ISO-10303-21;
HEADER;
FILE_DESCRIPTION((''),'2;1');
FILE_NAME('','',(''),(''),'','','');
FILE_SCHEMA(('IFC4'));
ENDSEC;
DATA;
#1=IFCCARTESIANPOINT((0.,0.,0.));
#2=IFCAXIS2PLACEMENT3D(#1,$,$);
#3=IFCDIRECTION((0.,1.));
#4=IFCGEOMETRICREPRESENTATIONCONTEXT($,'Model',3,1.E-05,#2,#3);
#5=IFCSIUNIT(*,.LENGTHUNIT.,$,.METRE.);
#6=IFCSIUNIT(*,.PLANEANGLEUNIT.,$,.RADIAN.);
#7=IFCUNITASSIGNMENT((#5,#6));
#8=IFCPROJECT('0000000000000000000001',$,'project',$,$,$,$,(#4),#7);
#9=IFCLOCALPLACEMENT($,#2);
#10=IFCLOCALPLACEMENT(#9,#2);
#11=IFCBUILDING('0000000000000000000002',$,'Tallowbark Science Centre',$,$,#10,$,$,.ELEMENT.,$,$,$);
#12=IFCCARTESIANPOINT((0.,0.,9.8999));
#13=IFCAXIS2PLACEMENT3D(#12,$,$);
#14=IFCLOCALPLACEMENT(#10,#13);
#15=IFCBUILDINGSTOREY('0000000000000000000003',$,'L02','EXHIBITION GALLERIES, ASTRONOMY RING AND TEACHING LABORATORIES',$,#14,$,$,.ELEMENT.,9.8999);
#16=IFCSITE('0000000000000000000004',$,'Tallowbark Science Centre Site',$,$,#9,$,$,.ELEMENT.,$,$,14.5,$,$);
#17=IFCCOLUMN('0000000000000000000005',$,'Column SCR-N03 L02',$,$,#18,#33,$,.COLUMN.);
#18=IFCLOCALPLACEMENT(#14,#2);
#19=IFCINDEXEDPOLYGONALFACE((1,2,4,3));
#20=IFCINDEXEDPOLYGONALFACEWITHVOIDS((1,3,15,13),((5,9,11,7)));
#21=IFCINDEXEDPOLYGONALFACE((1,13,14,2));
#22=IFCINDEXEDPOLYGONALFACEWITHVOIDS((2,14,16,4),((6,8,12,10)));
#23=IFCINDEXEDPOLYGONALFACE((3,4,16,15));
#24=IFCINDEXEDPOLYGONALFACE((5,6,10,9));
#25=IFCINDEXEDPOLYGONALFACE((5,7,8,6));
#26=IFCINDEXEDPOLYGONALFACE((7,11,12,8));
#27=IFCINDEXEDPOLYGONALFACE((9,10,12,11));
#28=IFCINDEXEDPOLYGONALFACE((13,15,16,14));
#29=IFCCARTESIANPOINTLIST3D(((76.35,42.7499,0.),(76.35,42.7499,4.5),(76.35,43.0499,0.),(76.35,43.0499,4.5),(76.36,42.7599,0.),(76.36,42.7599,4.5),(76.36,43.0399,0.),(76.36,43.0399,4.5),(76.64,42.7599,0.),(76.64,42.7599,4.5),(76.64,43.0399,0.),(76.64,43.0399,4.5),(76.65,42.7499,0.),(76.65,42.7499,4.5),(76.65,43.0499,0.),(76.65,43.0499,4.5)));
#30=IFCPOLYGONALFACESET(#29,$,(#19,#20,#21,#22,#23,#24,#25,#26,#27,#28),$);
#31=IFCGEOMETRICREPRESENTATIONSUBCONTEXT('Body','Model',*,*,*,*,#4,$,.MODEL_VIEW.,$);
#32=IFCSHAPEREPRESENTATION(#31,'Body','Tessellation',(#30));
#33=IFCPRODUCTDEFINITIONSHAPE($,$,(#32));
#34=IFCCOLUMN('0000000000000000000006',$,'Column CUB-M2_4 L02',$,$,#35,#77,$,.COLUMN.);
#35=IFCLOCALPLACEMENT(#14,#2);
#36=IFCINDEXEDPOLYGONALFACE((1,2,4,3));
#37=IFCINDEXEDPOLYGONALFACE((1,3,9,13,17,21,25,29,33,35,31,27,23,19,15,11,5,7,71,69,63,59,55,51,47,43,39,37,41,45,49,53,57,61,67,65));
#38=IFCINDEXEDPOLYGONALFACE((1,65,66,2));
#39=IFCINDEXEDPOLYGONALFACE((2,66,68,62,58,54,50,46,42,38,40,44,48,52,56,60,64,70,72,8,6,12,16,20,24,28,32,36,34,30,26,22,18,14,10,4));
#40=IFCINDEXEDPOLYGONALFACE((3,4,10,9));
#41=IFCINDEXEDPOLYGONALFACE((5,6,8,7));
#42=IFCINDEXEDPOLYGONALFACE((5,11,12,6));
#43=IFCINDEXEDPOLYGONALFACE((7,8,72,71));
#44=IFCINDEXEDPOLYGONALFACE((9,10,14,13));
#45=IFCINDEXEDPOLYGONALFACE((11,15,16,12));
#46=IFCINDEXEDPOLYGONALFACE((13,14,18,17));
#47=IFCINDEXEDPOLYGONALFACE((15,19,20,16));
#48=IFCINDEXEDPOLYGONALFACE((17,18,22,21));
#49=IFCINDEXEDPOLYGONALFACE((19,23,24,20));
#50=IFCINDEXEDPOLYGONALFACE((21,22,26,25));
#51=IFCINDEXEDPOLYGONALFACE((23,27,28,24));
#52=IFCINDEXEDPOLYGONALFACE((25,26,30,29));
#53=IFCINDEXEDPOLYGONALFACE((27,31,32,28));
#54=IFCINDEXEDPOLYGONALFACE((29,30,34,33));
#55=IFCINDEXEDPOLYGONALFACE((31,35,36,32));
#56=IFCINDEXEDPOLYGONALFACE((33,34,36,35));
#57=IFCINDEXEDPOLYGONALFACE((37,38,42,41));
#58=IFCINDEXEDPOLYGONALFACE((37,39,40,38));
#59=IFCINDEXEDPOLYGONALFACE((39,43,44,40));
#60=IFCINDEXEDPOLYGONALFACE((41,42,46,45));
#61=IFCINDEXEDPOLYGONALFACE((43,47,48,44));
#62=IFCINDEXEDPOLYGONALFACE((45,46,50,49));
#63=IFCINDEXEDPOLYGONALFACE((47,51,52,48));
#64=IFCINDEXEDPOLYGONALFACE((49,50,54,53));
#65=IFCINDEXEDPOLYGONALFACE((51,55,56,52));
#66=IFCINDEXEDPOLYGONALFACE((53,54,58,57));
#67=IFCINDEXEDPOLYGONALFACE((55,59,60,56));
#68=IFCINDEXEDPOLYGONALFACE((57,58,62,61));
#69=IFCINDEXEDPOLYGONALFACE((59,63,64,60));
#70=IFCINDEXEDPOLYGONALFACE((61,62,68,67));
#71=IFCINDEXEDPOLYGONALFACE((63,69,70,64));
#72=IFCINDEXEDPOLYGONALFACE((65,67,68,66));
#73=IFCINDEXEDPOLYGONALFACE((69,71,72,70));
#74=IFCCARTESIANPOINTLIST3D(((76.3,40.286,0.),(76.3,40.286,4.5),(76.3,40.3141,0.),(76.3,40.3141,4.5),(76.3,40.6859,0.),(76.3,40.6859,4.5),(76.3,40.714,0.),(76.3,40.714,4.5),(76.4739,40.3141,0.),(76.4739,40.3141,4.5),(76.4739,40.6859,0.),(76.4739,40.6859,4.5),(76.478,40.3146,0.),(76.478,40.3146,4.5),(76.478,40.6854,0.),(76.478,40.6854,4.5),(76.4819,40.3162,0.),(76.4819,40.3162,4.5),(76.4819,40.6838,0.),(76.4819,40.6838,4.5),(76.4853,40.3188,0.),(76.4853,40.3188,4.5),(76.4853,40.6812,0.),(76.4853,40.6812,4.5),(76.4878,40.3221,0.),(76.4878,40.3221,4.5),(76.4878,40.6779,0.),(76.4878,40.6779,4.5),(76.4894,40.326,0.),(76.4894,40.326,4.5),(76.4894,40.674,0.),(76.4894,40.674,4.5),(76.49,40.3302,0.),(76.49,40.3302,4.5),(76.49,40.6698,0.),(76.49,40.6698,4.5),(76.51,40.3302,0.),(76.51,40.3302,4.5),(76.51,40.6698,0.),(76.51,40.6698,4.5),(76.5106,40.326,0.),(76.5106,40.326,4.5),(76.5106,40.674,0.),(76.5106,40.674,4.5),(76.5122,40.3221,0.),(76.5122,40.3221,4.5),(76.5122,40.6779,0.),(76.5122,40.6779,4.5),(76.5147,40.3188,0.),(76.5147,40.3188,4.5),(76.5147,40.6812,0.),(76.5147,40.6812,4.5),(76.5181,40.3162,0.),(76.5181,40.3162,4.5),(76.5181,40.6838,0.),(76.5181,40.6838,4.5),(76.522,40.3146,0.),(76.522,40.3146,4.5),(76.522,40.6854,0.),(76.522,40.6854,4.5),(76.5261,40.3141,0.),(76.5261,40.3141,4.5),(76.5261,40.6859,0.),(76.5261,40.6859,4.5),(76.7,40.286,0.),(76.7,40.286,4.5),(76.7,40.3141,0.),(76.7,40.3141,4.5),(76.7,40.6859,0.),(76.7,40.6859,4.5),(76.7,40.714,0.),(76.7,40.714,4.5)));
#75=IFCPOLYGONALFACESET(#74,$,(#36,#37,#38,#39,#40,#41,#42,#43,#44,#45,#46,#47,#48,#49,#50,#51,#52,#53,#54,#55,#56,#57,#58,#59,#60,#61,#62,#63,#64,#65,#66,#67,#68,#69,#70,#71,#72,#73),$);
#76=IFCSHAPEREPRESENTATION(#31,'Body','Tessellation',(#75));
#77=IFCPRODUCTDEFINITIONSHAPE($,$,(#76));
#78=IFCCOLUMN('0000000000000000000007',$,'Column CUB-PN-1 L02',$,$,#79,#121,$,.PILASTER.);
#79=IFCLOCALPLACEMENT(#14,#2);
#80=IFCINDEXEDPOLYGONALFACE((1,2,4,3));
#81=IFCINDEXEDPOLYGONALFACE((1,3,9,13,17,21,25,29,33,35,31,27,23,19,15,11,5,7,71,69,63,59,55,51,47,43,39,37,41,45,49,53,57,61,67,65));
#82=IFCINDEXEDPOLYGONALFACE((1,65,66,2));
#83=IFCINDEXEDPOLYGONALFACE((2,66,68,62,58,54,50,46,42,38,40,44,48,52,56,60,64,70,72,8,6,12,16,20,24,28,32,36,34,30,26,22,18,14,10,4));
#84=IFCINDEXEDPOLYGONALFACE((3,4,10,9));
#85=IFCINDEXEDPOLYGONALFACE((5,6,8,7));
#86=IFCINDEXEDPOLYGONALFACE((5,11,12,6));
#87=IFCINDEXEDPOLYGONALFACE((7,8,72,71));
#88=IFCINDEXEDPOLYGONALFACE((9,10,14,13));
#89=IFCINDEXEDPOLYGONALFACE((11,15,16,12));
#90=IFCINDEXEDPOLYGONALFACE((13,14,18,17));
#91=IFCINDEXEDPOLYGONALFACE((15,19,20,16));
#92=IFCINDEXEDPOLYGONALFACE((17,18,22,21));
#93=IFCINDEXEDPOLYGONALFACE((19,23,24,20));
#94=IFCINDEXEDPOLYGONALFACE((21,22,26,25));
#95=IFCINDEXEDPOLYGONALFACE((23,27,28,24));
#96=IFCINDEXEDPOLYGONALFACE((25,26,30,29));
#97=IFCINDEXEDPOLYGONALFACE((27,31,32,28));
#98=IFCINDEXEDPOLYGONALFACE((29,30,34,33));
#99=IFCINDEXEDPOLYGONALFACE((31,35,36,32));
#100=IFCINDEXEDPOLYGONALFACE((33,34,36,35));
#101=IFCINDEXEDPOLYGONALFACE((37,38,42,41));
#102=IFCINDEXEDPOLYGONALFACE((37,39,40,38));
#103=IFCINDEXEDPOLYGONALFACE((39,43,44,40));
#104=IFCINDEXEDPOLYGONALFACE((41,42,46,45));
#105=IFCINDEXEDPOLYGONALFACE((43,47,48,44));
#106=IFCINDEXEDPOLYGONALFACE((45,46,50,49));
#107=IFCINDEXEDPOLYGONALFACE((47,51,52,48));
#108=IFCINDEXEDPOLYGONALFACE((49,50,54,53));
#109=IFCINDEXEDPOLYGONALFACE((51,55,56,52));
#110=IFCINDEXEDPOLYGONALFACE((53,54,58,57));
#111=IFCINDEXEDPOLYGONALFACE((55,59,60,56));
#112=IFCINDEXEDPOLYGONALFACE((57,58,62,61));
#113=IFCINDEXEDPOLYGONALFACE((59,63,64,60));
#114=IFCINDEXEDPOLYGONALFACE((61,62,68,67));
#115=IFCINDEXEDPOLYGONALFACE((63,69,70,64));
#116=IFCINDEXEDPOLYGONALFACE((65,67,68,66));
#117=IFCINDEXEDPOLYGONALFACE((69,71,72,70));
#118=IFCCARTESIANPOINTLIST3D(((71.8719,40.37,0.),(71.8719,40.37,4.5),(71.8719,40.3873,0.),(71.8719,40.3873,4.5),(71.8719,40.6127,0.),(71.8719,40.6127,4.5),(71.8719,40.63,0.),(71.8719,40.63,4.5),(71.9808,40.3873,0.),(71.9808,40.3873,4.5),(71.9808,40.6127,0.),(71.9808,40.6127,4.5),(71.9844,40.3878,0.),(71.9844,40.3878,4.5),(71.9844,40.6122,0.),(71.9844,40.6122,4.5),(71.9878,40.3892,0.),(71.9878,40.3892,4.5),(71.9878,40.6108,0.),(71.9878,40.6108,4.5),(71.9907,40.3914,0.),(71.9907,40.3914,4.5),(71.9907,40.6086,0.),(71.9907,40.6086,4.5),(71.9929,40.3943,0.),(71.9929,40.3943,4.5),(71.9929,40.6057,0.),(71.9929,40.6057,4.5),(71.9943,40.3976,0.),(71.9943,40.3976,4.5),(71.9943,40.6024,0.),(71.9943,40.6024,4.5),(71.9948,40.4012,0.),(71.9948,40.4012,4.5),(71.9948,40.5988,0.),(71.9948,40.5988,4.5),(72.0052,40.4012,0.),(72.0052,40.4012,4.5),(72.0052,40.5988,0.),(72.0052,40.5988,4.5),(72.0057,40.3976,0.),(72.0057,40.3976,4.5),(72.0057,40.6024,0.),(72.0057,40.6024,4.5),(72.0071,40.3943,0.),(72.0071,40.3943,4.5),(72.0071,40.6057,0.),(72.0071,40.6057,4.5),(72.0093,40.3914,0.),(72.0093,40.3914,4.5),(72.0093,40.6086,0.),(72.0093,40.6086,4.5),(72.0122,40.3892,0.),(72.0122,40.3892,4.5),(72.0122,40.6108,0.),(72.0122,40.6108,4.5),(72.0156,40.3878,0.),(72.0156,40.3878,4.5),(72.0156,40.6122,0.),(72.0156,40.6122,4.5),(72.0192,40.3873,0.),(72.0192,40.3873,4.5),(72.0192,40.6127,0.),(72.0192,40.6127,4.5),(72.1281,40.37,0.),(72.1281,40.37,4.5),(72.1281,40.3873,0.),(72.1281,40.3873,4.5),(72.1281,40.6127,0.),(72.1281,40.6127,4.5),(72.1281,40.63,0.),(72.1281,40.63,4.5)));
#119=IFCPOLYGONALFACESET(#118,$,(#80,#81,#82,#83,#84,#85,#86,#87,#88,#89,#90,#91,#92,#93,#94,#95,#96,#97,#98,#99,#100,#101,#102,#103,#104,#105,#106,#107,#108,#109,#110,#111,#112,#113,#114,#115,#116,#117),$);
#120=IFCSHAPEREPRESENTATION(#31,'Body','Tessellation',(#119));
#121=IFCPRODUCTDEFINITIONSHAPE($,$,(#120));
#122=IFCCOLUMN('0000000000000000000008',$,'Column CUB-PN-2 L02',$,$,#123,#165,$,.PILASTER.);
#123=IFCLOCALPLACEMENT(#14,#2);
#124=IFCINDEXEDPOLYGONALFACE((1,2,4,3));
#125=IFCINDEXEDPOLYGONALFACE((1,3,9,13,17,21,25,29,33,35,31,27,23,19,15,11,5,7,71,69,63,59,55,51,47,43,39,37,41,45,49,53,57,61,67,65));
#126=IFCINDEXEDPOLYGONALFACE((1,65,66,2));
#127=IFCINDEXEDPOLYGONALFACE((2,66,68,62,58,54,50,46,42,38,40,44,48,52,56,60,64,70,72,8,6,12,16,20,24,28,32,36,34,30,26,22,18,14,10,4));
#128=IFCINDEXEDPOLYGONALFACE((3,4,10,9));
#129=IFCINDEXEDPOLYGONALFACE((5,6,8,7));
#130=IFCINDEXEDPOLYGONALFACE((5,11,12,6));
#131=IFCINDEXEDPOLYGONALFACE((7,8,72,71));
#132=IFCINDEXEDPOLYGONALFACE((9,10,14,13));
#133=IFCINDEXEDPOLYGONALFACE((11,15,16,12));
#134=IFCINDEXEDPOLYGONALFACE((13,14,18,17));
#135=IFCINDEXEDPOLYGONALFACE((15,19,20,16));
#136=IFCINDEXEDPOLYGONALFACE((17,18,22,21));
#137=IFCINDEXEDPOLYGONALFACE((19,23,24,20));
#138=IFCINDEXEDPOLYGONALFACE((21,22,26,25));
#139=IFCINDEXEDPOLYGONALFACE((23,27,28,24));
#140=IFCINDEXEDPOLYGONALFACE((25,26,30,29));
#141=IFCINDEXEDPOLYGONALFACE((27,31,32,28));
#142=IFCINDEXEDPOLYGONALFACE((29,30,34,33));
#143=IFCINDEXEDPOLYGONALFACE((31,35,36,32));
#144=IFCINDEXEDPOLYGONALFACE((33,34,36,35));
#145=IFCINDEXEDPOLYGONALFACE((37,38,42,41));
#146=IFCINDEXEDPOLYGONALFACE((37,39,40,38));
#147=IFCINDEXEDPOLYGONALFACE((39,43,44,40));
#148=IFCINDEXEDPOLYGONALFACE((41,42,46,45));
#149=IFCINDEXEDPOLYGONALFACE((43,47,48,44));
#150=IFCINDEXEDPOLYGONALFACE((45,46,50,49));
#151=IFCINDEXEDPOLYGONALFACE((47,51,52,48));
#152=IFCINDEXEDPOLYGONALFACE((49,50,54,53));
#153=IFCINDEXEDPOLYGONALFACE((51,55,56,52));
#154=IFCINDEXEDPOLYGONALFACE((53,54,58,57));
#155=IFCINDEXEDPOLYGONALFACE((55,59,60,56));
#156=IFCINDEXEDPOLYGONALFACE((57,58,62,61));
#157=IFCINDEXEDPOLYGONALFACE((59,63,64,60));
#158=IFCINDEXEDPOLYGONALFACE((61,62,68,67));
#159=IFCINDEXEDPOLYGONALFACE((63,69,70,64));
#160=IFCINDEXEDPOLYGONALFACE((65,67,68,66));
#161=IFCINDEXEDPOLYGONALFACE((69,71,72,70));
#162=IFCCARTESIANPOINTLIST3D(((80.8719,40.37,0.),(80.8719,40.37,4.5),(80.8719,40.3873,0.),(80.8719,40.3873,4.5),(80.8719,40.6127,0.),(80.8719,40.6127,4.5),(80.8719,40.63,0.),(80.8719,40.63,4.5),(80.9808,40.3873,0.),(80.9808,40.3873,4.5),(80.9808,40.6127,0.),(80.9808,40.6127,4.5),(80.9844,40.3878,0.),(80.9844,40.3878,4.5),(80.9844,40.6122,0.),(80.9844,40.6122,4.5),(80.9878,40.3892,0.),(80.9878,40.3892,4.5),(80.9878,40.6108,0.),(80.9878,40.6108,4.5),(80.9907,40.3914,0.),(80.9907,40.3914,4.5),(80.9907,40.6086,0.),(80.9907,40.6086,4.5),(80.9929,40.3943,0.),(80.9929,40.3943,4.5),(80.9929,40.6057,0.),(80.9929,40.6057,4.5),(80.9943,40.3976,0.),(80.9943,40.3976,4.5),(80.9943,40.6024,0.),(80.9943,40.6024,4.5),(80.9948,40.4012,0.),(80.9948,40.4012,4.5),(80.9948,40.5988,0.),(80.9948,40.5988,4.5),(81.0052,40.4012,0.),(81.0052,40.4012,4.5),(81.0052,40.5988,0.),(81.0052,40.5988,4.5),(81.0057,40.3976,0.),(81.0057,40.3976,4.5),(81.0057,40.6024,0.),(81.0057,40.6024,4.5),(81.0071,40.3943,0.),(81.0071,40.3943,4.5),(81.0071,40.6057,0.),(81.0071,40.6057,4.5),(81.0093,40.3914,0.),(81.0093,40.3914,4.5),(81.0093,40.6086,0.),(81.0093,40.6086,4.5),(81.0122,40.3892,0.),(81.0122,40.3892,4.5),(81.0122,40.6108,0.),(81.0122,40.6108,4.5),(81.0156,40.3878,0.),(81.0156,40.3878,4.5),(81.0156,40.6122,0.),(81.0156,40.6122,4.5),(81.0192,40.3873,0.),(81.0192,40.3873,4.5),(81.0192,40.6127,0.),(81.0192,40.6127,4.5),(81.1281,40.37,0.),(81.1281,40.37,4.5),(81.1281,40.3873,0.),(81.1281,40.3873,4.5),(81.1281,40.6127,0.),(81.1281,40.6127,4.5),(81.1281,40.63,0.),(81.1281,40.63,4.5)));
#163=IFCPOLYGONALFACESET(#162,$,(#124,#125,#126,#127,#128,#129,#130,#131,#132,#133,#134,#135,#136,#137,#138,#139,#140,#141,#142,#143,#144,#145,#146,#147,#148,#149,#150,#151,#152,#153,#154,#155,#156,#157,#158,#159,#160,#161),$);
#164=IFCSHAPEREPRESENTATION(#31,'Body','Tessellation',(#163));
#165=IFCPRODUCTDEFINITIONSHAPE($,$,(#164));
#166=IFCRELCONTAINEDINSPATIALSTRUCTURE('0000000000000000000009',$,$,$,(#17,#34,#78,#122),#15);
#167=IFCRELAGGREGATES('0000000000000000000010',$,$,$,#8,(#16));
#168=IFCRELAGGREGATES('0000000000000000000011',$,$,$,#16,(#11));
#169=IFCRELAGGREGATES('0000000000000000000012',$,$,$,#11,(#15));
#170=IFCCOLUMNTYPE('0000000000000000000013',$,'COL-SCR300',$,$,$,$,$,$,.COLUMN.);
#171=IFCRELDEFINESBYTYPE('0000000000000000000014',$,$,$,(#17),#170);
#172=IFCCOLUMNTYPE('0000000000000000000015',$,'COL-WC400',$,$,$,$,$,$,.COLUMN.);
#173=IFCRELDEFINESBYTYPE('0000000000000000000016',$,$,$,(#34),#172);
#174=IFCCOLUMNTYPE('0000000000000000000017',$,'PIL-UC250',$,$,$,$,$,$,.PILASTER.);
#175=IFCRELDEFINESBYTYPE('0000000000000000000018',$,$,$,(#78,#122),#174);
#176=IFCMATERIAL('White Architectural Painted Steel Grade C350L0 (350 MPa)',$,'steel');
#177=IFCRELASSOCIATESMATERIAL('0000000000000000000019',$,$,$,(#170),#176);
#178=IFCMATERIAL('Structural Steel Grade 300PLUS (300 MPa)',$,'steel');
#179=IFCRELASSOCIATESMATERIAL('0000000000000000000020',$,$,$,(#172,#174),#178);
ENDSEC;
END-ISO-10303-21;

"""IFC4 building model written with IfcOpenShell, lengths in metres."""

from ifc_helpers import new_model, si_unit, direction, frame, origin, origin_2d, place, context, subcontext, project, spatial, hollow_rectangle, i_section, extrude, material, material_profile, profile_set, type_object, element, save


model = new_model("IFC4")

# Units and contexts
model_context = context("Model", 3, precision=1e-05, world=origin(), true_north=direction((0.0, 1.0)))
body_context = subcontext(model_context, "Body", "Model", "MODEL_VIEW")
ifc_project = project(units=[si_unit("LENGTHUNIT", "METRE"), si_unit("PLANEANGLEUNIT", "RADIAN")], contexts=[model_context])

# Site, building, storey
site_placement = place(None, origin())
site = spatial("IfcSite", under=ifc_project, at=site_placement, Name="Tallowbark Science Centre Site", CompositionType="ELEMENT", RefElevation=14.5)
building_placement = place(site_placement, origin())
building = spatial("IfcBuilding", under=site, at=building_placement, Name="Tallowbark Science Centre", CompositionType="ELEMENT")
storey_placement = place(building_placement, frame((0.0, 0.0, 9.8999)))
storey = spatial("IfcBuildingStorey", under=building, at=storey_placement, Name="L02", Description="EXHIBITION GALLERIES, ASTRONOMY RING AND TEACHING LABORATORIES", CompositionType="ELEMENT", Elevation=9.8999)

# Columns
ifc_material_1 = material(Name="White Architectural Painted Steel Grade C350L0 (350 MPa)", Category="steel")
ifc_material_profile_1 = material_profile(ifc_material_1, hollow_rectangle(XDim=0.3, YDim=0.3, WallThickness=0.01, at=origin_2d()), Name="300x300x10.0SHS")
ifc_profile_set_1 = profile_set([ifc_material_profile_1], Name="White Architectural Painted Steel Grade C350L0 (350 MPa)")
column_type_1 = type_object("IfcColumnType", Name="COL-SCR300", PredefinedType="COLUMN", material=ifc_profile_set_1)
column_1_placement = place(storey_placement, frame((76.5, 42.8999, 0.0), z_axis=(0.0, 0.0, 1.0), x_axis=(1.0, 0.0, 0.0)))
element("IfcColumn", 1, at=column_1_placement, inside=storey, type_object=column_type_1, Name="Column SCR-N03 L02", PredefinedType="COLUMN", context=body_context, shape_type="SweptSolid", body=[
    extrude(hollow_rectangle(XDim=0.3, YDim=0.3, WallThickness=0.01, at=origin_2d()), origin(), (0.0, 0.0, 1.0), 4.5),
])
ifc_material_2 = material(Name="Structural Steel Grade 300PLUS (300 MPa)", Category="steel")
ifc_material_profile_2 = material_profile(ifc_material_2, i_section(OverallWidth=0.3999, OverallDepth=0.428, WebThickness=0.02, FlangeThickness=0.0281, FilletRadius=0.0161, at=origin_2d()), Name="400WC270")
ifc_profile_set_2 = profile_set([ifc_material_profile_2], Name="Structural Steel Grade 300PLUS (300 MPa)")
column_type_2 = type_object("IfcColumnType", Name="COL-WC400", PredefinedType="COLUMN", material=ifc_profile_set_2)
column_2_placement = place(storey_placement, frame((76.5, 40.5, 0.0), z_axis=(0.0, 0.0, 1.0), x_axis=(1.0, 0.0, 0.0)))
element("IfcColumn", 2, at=column_2_placement, inside=storey, type_object=column_type_2, Name="Column CUB-M2_4 L02", PredefinedType="COLUMN", context=body_context, shape_type="SweptSolid", body=[
    extrude(i_section(OverallWidth=0.3999, OverallDepth=0.428, WebThickness=0.02, FlangeThickness=0.0281, FilletRadius=0.0161, at=origin_2d()), origin(), (0.0, 0.0, 1.0), 4.5),
])
ifc_material_profile_3 = material_profile(ifc_material_2, i_section(OverallWidth=0.2561, OverallDepth=0.26, WebThickness=0.0105, FlangeThickness=0.0173, FilletRadius=0.0139, at=origin_2d()), Name="250UC89.5")
ifc_profile_set_3 = profile_set([ifc_material_profile_3], Name="Structural Steel Grade 300PLUS (300 MPa)")
column_type_3 = type_object("IfcColumnType", Name="PIL-UC250", PredefinedType="PILASTER", material=ifc_profile_set_3)
for number, where, z_axis, x_axis, name in (
    (3, (72.0, 40.5, 0.0), (0.0, 0.0, 1.0), (1.0, 0.0, 0.0), "Column CUB-PN-1 L02"),
    (4, (81.0, 40.5, 0.0), (0.0, 0.0, 1.0), (1.0, 0.0, 0.0), "Column CUB-PN-2 L02"),
):
    element("IfcColumn", number, at=place(storey_placement, frame(where, z_axis=z_axis, x_axis=x_axis)), inside=storey, type_object=column_type_3, Name=name, PredefinedType="PILASTER", context=body_context, shape_type="SweptSolid", body=[
        extrude(i_section(OverallWidth=0.2561, OverallDepth=0.26, WebThickness=0.0105, FlangeThickness=0.0173, FilletRadius=0.0139, at=origin_2d()), origin(), (0.0, 0.0, 1.0), 4.5),
    ])

save(model, "model.ifc")
